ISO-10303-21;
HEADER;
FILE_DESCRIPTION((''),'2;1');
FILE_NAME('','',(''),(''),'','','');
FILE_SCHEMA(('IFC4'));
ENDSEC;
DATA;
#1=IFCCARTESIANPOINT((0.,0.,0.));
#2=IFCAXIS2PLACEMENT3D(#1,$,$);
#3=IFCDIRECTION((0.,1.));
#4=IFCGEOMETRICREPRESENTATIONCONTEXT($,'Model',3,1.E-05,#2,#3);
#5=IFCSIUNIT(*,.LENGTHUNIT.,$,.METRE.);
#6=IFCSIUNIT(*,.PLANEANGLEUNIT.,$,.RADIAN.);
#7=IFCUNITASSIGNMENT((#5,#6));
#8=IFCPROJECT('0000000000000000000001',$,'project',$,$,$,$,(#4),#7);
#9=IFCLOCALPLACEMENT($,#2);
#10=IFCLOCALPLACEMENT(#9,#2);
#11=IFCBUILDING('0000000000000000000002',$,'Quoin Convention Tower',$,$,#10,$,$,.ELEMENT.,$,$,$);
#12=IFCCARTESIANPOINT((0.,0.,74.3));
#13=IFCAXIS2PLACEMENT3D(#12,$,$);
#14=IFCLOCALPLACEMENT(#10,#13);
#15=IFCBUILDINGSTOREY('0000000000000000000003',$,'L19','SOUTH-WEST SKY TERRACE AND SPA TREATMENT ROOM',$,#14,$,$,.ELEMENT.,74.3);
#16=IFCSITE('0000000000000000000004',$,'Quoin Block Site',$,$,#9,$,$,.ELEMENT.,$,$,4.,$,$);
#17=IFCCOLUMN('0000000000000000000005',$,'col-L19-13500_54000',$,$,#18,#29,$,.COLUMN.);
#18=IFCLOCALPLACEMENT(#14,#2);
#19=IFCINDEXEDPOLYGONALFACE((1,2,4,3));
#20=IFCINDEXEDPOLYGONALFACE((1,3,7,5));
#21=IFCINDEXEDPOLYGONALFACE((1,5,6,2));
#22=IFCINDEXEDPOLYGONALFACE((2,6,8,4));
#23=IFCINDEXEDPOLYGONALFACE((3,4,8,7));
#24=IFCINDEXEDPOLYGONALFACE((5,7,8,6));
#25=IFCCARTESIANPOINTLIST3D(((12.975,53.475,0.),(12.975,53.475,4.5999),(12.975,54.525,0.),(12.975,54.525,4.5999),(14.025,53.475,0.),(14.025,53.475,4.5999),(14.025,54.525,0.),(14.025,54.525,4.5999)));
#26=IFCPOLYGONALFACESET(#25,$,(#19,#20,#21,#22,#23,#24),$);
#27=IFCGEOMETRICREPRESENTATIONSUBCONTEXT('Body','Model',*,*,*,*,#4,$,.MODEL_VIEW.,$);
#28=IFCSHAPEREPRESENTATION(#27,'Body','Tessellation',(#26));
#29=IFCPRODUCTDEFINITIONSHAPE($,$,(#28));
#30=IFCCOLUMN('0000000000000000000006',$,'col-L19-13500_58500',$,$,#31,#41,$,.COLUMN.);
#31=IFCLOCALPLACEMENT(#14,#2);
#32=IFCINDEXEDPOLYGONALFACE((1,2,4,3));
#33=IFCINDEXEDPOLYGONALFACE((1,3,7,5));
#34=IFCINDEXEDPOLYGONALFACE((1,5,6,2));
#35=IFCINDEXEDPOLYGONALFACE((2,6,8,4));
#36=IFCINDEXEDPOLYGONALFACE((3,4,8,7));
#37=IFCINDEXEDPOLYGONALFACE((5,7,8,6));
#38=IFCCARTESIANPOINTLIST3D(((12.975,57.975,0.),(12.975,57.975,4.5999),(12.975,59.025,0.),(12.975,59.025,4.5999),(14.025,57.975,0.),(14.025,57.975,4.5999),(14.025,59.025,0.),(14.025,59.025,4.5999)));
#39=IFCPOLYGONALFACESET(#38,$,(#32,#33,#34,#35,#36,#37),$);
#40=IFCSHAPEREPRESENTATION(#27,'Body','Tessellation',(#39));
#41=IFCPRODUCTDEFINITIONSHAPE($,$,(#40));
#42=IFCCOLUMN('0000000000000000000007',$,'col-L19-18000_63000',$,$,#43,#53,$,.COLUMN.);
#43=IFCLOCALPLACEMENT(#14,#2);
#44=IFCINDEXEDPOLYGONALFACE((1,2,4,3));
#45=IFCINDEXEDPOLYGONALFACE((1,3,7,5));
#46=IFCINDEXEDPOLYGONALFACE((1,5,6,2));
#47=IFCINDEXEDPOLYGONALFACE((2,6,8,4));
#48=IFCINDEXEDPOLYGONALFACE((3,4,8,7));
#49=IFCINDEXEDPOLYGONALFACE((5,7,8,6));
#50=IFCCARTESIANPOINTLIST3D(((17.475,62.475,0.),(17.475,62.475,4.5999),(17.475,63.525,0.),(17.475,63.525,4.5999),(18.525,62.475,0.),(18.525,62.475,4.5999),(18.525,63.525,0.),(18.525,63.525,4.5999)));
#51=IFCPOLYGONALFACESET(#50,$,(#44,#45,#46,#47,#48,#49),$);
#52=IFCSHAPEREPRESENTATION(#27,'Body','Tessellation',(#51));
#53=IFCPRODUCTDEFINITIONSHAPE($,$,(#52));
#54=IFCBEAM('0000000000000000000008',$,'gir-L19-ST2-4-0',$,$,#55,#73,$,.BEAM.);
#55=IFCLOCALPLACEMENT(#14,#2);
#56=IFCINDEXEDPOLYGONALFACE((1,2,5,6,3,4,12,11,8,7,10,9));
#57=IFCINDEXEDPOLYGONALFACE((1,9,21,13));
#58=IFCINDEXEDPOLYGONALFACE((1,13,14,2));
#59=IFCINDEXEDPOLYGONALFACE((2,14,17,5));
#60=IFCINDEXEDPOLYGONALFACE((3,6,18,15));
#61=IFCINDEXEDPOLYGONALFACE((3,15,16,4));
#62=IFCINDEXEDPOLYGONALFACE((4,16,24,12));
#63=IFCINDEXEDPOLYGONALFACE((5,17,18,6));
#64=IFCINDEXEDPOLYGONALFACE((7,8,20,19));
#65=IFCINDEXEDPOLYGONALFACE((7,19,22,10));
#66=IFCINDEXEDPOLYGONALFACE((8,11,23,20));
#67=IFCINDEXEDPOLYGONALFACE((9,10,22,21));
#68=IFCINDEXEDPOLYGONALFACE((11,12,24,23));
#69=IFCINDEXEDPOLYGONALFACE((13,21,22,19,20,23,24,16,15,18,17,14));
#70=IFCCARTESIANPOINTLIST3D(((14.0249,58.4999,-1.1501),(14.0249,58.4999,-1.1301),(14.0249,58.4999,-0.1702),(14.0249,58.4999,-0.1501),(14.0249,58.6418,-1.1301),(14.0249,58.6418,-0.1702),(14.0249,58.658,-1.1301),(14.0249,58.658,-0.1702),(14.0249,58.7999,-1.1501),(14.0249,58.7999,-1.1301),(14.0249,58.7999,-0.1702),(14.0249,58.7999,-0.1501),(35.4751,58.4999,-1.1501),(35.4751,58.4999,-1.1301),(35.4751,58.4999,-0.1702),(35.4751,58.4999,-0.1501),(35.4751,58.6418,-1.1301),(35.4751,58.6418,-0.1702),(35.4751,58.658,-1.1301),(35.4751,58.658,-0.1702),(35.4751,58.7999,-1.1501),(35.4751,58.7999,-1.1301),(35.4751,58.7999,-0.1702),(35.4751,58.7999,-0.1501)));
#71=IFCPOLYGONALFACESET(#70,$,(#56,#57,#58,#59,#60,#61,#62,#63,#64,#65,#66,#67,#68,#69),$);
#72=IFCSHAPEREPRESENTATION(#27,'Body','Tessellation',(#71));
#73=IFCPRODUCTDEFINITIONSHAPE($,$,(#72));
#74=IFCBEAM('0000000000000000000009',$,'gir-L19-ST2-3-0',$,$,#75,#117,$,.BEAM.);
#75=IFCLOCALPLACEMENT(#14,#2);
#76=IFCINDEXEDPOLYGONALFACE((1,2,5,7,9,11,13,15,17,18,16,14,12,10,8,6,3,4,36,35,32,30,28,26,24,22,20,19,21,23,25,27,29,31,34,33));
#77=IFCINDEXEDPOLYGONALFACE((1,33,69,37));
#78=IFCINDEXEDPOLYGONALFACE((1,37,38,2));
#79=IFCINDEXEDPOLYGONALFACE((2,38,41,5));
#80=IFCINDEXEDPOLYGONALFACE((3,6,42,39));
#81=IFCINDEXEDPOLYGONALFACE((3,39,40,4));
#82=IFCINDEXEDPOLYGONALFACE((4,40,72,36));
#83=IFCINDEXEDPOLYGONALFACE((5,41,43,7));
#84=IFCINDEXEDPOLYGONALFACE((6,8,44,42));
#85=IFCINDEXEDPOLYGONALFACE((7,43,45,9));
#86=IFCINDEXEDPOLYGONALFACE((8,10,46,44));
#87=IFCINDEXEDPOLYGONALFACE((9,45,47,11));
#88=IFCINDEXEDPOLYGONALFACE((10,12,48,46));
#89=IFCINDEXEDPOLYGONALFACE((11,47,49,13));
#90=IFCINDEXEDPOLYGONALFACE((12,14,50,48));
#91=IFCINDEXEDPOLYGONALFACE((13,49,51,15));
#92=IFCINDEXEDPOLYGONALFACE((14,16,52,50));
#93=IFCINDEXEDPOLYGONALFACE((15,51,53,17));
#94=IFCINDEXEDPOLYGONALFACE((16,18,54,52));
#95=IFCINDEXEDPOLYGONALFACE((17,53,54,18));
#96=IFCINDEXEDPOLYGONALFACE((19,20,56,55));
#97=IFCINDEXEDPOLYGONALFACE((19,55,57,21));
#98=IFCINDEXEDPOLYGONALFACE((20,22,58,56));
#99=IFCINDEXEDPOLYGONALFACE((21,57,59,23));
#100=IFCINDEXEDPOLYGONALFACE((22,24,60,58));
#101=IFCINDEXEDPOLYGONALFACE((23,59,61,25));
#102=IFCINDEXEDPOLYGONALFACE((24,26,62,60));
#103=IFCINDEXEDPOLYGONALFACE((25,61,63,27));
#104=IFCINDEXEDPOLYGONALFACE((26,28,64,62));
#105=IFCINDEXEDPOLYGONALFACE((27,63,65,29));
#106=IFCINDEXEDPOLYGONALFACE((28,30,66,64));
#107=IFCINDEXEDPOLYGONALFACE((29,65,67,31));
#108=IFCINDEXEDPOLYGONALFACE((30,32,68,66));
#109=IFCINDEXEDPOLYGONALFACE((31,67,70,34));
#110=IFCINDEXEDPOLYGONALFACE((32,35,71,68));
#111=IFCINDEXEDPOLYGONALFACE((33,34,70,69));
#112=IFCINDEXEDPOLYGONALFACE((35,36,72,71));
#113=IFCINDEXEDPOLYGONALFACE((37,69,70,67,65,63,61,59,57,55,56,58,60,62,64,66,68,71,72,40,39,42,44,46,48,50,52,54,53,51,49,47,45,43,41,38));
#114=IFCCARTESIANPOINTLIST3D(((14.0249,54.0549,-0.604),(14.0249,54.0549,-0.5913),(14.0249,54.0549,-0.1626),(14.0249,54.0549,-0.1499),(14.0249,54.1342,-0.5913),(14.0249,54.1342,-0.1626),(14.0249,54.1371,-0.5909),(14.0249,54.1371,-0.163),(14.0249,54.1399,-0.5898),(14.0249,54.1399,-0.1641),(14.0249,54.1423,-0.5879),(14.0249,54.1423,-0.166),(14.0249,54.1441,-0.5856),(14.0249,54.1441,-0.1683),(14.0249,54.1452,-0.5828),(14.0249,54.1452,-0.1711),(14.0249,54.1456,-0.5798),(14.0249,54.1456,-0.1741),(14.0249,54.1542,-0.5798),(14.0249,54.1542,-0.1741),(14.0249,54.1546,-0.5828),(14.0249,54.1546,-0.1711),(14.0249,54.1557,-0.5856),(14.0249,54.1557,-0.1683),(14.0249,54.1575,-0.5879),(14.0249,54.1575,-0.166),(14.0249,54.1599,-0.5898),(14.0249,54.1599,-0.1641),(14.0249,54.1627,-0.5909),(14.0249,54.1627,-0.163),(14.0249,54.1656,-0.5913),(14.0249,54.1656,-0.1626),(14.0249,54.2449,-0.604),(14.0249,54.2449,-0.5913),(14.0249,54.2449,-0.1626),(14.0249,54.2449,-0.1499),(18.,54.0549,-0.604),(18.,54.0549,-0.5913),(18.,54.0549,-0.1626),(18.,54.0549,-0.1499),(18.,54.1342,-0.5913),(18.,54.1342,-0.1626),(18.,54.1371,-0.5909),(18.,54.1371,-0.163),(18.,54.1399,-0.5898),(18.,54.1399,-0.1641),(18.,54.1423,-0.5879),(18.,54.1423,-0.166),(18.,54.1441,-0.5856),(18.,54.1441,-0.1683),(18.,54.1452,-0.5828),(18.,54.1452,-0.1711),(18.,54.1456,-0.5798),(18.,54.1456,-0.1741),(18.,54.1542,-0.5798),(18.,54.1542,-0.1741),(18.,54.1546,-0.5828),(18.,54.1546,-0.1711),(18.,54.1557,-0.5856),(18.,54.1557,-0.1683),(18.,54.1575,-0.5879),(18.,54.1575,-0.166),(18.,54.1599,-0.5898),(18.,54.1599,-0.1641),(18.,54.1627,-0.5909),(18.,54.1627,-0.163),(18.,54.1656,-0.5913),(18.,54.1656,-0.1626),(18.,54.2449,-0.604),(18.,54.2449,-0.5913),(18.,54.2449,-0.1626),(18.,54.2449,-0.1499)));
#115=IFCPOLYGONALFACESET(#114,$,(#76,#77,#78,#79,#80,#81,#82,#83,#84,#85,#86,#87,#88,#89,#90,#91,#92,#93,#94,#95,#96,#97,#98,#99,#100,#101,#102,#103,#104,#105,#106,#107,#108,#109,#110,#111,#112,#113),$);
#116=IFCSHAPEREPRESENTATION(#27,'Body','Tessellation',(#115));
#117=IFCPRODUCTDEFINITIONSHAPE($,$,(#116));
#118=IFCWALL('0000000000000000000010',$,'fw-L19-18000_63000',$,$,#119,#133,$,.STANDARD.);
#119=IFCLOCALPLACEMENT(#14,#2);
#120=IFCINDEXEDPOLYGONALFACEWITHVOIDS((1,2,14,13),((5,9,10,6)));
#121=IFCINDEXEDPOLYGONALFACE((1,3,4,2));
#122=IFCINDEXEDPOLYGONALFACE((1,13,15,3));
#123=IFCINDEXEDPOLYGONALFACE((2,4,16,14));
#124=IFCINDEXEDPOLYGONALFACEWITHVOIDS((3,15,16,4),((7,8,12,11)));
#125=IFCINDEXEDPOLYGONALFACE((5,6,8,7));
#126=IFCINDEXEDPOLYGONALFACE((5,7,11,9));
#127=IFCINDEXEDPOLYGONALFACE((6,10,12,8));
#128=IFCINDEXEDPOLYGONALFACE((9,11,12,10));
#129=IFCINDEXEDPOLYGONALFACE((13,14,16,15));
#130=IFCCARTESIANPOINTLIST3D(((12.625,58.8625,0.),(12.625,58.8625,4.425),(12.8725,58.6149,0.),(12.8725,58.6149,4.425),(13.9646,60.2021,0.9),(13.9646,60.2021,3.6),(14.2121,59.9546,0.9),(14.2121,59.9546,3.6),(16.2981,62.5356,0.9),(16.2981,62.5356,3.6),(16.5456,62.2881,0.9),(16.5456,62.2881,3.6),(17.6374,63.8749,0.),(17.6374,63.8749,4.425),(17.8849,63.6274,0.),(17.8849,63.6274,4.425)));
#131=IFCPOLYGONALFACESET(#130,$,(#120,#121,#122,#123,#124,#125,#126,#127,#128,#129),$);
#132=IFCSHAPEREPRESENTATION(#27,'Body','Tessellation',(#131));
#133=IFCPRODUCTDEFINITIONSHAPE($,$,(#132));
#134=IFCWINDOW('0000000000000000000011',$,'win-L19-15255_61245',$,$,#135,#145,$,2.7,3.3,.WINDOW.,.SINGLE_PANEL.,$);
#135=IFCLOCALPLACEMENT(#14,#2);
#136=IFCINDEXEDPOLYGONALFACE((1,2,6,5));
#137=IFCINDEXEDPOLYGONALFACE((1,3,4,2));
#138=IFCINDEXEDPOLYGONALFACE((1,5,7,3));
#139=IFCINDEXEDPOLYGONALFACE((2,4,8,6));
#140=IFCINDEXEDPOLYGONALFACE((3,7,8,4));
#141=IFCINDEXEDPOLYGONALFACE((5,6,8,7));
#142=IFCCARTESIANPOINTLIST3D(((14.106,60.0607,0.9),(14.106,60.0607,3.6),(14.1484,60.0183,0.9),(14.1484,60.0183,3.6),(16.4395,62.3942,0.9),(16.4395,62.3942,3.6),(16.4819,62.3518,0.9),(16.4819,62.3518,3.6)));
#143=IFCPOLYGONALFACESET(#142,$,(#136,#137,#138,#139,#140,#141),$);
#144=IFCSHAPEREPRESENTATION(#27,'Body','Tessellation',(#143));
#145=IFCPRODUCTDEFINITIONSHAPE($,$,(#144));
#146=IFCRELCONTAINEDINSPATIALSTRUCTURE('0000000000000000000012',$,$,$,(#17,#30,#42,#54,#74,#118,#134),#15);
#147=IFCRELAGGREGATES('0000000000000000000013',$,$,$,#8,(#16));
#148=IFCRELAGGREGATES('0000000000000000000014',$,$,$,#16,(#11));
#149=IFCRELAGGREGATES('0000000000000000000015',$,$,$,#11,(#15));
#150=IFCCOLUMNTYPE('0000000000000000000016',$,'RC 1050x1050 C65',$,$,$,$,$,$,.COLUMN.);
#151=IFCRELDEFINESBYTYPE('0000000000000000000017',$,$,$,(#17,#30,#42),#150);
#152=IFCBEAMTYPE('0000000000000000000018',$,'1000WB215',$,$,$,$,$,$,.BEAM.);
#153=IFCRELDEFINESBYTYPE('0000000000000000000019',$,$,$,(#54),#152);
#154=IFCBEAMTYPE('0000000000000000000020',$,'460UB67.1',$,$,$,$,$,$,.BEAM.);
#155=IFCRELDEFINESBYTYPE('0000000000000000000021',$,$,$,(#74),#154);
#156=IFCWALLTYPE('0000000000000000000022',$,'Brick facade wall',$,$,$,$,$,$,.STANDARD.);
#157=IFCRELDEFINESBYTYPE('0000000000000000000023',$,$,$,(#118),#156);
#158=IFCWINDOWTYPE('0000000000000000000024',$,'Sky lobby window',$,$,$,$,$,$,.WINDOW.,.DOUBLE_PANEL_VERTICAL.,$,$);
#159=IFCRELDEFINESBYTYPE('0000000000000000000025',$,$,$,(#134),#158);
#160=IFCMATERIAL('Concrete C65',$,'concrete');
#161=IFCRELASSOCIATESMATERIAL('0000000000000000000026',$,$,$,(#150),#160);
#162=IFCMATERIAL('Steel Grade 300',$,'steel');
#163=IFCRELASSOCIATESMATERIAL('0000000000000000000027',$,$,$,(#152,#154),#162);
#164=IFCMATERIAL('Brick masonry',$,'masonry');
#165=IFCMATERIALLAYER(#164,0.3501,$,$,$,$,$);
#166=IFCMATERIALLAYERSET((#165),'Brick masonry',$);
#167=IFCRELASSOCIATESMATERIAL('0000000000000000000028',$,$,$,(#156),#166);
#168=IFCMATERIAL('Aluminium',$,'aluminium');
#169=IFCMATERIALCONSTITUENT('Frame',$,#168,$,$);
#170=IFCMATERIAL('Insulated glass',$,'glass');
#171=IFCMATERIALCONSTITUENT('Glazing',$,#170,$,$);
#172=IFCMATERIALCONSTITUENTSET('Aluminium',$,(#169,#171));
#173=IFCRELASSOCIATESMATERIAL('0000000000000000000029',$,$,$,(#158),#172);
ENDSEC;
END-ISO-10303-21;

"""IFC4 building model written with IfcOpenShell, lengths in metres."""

from ifc_helpers import new_model, si_unit, direction, frame, frame_2d, origin, origin_2d, place, context, subcontext, project, spatial, rectangle, i_section, extrude, material, layer, layer_set, constituent, constituent_set, material_profile, profile_set, type_object, element, fill, save


model = new_model("IFC4")

# Units and contexts
model_context = context("Model", 3, precision=1e-05, world=origin(), true_north=direction((0.0, 1.0)))
body_context = subcontext(model_context, "Body", "Model", "MODEL_VIEW")
ifc_project = project(units=[si_unit("LENGTHUNIT", "METRE"), si_unit("PLANEANGLEUNIT", "RADIAN")], contexts=[model_context])

# Site, building, storey
site_placement = place(None, origin())
site = spatial("IfcSite", under=ifc_project, at=site_placement, Name="Quoin Block Site", CompositionType="ELEMENT", RefElevation=4.0)
building_placement = place(site_placement, origin())
building = spatial("IfcBuilding", under=site, at=building_placement, Name="Quoin Convention Tower", CompositionType="ELEMENT")
storey_placement = place(building_placement, frame((0.0, 0.0, 74.3)))
storey = spatial("IfcBuildingStorey", under=building, at=storey_placement, Name="L19", Description="SOUTH-WEST SKY TERRACE AND SPA TREATMENT ROOM", CompositionType="ELEMENT", Elevation=74.3)

# Columns
ifc_material_1 = material(Name="Concrete C65", Category="concrete")
ifc_material_profile_1 = material_profile(ifc_material_1, rectangle(XDim=1.05, YDim=1.05, at=origin_2d()), Name="RC 1050x1050")
ifc_profile_set_1 = profile_set([ifc_material_profile_1], Name="Concrete C65")
column_type = type_object("IfcColumnType", Name="RC 1050x1050 C65", PredefinedType="COLUMN", material=ifc_profile_set_1)
for number, where, z_axis, x_axis, name in (
    (1, (13.5, 54.0, 0.0), (0.0, 0.0, 1.0), (1.0, 0.0, 0.0), "col-L19-13500_54000"),
    (2, (13.5, 58.5, 0.0), (0.0, 0.0, 1.0), (1.0, 0.0, 0.0), "col-L19-13500_58500"),
    (3, (18.0, 63.0, 0.0), (0.0, 0.0, 1.0), (1.0, 0.0, 0.0), "col-L19-18000_63000"),
):
    element("IfcColumn", number, at=place(storey_placement, frame(where, z_axis=z_axis, x_axis=x_axis)), inside=storey, type_object=column_type, Name=name, PredefinedType="COLUMN", context=body_context, shape_type="SweptSolid", body=[
        extrude(rectangle(XDim=1.05, YDim=1.05, at=origin_2d()), origin(), (0.0, 0.0, 1.0), 4.5999),
    ])

# Beams
ifc_material_2 = material(Name="Steel Grade 300", Category="steel")
ifc_material_profile_2 = material_profile(ifc_material_2, i_section(OverallWidth=0.3, OverallDepth=1.0, WebThickness=0.0161, FlangeThickness=0.02, at=origin_2d()), Name="1000WB215")
ifc_profile_set_2 = profile_set([ifc_material_profile_2], Name="Steel Grade 300")
beam_type_1 = type_object("IfcBeamType", Name="1000WB215", PredefinedType="BEAM", material=ifc_profile_set_2)
beam_1_placement = place(storey_placement, frame((14.0249, 58.6499, -0.6501), z_axis=(1.0, 0.0, 0.0), x_axis=(0.0, 1.0, 0.0)))
element("IfcBeam", 4, at=beam_1_placement, inside=storey, type_object=beam_type_1, Name="gir-L19-ST2-4-0", PredefinedType="BEAM", context=body_context, shape_type="SweptSolid", body=[
    extrude(i_section(OverallWidth=0.3, OverallDepth=1.0, WebThickness=0.0161, FlangeThickness=0.02, at=origin_2d()), origin(), (0.0, 0.0, 1.0), 21.4502),
])
ifc_material_profile_3 = material_profile(ifc_material_2, i_section(OverallWidth=0.1899, OverallDepth=0.4541, WebThickness=0.0085, FlangeThickness=0.0127, FilletRadius=0.0115, at=origin_2d()), Name="460UB67.1")
ifc_profile_set_3 = profile_set([ifc_material_profile_3], Name="Steel Grade 300")
beam_type_2 = type_object("IfcBeamType", Name="460UB67.1", PredefinedType="BEAM", material=ifc_profile_set_3)
beam_2_placement = place(storey_placement, frame((14.0249, 54.1499, -0.377), z_axis=(1.0, 0.0, 0.0), x_axis=(0.0, 1.0, 0.0)))
element("IfcBeam", 5, at=beam_2_placement, inside=storey, type_object=beam_type_2, Name="gir-L19-ST2-3-0", PredefinedType="BEAM", context=body_context, shape_type="SweptSolid", body=[
    extrude(i_section(OverallWidth=0.1899, OverallDepth=0.4541, WebThickness=0.0085, FlangeThickness=0.0127, FilletRadius=0.0115, at=origin_2d()), origin(), (0.0, 0.0, 1.0), 3.9751),
])

# Wall, opening, window
ifc_material_3 = material(Name="Brick masonry", Category="masonry")
ifc_layer_1 = layer(ifc_material_3, 0.3501)
ifc_layer_set_1 = layer_set([ifc_layer_1], Name="Brick masonry")
wall_type_1 = type_object("IfcWallType", Name="Brick facade wall", PredefinedType="STANDARD", material=ifc_layer_set_1)
wall_1_placement = place(storey_placement, frame((17.7612, 63.7512, 0.0), z_axis=(0.0, 0.0, 1.0), x_axis=(-0.707107, -0.707107, 0.0)))
wall_1 = element("IfcWall", 6, at=wall_1_placement, inside=storey, type_object=wall_type_1, Name="fw-L19-18000_63000", PredefinedType="STANDARD", context=body_context, shape_type="SweptSolid", body=[
    extrude(rectangle(XDim=7.0886, YDim=0.3501, at=frame_2d((3.5444, 0.0))), origin(), (0.0, 0.0, 1.0), 4.425),
])
opening_1_placement = place(wall_1_placement, frame((1.8943, 0.0, 0.8999)))
opening_1 = element("IfcOpeningElement", 7, at=opening_1_placement, cuts=wall_1, PredefinedType="OPENING", context=body_context, shape_type="SweptSolid", body=[
    extrude(rectangle(XDim=3.3, YDim=2.7, at=frame_2d((1.6499, 1.3501))), frame((0.0, 0.1851, 0.0), z_axis=(0.0, -1.0, 0.0), x_axis=(1.0, 0.0, 0.0)), (0.0, 0.0, 1.0), 0.3701),
])
ifc_material_4 = material(Name="Aluminium", Category="aluminium")
ifc_constituent_1 = constituent(ifc_material_4, Name="Frame")
ifc_material_5 = material(Name="Insulated glass", Category="glass")
ifc_constituent_2 = constituent(ifc_material_5, Name="Glazing")
ifc_constituent_set = constituent_set(constituents=[ifc_constituent_1, ifc_constituent_2], Name="Aluminium")
window_type = type_object("IfcWindowType", Name="Sky lobby window", PartitioningType="DOUBLE_PANEL_VERTICAL", PredefinedType="WINDOW", material=ifc_constituent_set)
window_1_placement = place(opening_1_placement, origin())
window_1 = element("IfcWindow", 8, at=window_1_placement, inside=storey, type_object=window_type, Name="win-L19-15255_61245", OverallHeight=2.7, OverallWidth=3.3, PartitioningType="SINGLE_PANEL", PredefinedType="WINDOW", context=body_context, shape_type="SweptSolid", body=[
    extrude(rectangle(XDim=3.3, YDim=2.7, at=frame_2d((1.6499, 1.3501))), frame((0.0, 0.085, 0.0), z_axis=(0.0, -1.0, 0.0), x_axis=(1.0, 0.0, 0.0)), (0.0, 0.0, 1.0), 0.0601),
])
fill(opening_1, window_1)

save(model, "model.ifc")
